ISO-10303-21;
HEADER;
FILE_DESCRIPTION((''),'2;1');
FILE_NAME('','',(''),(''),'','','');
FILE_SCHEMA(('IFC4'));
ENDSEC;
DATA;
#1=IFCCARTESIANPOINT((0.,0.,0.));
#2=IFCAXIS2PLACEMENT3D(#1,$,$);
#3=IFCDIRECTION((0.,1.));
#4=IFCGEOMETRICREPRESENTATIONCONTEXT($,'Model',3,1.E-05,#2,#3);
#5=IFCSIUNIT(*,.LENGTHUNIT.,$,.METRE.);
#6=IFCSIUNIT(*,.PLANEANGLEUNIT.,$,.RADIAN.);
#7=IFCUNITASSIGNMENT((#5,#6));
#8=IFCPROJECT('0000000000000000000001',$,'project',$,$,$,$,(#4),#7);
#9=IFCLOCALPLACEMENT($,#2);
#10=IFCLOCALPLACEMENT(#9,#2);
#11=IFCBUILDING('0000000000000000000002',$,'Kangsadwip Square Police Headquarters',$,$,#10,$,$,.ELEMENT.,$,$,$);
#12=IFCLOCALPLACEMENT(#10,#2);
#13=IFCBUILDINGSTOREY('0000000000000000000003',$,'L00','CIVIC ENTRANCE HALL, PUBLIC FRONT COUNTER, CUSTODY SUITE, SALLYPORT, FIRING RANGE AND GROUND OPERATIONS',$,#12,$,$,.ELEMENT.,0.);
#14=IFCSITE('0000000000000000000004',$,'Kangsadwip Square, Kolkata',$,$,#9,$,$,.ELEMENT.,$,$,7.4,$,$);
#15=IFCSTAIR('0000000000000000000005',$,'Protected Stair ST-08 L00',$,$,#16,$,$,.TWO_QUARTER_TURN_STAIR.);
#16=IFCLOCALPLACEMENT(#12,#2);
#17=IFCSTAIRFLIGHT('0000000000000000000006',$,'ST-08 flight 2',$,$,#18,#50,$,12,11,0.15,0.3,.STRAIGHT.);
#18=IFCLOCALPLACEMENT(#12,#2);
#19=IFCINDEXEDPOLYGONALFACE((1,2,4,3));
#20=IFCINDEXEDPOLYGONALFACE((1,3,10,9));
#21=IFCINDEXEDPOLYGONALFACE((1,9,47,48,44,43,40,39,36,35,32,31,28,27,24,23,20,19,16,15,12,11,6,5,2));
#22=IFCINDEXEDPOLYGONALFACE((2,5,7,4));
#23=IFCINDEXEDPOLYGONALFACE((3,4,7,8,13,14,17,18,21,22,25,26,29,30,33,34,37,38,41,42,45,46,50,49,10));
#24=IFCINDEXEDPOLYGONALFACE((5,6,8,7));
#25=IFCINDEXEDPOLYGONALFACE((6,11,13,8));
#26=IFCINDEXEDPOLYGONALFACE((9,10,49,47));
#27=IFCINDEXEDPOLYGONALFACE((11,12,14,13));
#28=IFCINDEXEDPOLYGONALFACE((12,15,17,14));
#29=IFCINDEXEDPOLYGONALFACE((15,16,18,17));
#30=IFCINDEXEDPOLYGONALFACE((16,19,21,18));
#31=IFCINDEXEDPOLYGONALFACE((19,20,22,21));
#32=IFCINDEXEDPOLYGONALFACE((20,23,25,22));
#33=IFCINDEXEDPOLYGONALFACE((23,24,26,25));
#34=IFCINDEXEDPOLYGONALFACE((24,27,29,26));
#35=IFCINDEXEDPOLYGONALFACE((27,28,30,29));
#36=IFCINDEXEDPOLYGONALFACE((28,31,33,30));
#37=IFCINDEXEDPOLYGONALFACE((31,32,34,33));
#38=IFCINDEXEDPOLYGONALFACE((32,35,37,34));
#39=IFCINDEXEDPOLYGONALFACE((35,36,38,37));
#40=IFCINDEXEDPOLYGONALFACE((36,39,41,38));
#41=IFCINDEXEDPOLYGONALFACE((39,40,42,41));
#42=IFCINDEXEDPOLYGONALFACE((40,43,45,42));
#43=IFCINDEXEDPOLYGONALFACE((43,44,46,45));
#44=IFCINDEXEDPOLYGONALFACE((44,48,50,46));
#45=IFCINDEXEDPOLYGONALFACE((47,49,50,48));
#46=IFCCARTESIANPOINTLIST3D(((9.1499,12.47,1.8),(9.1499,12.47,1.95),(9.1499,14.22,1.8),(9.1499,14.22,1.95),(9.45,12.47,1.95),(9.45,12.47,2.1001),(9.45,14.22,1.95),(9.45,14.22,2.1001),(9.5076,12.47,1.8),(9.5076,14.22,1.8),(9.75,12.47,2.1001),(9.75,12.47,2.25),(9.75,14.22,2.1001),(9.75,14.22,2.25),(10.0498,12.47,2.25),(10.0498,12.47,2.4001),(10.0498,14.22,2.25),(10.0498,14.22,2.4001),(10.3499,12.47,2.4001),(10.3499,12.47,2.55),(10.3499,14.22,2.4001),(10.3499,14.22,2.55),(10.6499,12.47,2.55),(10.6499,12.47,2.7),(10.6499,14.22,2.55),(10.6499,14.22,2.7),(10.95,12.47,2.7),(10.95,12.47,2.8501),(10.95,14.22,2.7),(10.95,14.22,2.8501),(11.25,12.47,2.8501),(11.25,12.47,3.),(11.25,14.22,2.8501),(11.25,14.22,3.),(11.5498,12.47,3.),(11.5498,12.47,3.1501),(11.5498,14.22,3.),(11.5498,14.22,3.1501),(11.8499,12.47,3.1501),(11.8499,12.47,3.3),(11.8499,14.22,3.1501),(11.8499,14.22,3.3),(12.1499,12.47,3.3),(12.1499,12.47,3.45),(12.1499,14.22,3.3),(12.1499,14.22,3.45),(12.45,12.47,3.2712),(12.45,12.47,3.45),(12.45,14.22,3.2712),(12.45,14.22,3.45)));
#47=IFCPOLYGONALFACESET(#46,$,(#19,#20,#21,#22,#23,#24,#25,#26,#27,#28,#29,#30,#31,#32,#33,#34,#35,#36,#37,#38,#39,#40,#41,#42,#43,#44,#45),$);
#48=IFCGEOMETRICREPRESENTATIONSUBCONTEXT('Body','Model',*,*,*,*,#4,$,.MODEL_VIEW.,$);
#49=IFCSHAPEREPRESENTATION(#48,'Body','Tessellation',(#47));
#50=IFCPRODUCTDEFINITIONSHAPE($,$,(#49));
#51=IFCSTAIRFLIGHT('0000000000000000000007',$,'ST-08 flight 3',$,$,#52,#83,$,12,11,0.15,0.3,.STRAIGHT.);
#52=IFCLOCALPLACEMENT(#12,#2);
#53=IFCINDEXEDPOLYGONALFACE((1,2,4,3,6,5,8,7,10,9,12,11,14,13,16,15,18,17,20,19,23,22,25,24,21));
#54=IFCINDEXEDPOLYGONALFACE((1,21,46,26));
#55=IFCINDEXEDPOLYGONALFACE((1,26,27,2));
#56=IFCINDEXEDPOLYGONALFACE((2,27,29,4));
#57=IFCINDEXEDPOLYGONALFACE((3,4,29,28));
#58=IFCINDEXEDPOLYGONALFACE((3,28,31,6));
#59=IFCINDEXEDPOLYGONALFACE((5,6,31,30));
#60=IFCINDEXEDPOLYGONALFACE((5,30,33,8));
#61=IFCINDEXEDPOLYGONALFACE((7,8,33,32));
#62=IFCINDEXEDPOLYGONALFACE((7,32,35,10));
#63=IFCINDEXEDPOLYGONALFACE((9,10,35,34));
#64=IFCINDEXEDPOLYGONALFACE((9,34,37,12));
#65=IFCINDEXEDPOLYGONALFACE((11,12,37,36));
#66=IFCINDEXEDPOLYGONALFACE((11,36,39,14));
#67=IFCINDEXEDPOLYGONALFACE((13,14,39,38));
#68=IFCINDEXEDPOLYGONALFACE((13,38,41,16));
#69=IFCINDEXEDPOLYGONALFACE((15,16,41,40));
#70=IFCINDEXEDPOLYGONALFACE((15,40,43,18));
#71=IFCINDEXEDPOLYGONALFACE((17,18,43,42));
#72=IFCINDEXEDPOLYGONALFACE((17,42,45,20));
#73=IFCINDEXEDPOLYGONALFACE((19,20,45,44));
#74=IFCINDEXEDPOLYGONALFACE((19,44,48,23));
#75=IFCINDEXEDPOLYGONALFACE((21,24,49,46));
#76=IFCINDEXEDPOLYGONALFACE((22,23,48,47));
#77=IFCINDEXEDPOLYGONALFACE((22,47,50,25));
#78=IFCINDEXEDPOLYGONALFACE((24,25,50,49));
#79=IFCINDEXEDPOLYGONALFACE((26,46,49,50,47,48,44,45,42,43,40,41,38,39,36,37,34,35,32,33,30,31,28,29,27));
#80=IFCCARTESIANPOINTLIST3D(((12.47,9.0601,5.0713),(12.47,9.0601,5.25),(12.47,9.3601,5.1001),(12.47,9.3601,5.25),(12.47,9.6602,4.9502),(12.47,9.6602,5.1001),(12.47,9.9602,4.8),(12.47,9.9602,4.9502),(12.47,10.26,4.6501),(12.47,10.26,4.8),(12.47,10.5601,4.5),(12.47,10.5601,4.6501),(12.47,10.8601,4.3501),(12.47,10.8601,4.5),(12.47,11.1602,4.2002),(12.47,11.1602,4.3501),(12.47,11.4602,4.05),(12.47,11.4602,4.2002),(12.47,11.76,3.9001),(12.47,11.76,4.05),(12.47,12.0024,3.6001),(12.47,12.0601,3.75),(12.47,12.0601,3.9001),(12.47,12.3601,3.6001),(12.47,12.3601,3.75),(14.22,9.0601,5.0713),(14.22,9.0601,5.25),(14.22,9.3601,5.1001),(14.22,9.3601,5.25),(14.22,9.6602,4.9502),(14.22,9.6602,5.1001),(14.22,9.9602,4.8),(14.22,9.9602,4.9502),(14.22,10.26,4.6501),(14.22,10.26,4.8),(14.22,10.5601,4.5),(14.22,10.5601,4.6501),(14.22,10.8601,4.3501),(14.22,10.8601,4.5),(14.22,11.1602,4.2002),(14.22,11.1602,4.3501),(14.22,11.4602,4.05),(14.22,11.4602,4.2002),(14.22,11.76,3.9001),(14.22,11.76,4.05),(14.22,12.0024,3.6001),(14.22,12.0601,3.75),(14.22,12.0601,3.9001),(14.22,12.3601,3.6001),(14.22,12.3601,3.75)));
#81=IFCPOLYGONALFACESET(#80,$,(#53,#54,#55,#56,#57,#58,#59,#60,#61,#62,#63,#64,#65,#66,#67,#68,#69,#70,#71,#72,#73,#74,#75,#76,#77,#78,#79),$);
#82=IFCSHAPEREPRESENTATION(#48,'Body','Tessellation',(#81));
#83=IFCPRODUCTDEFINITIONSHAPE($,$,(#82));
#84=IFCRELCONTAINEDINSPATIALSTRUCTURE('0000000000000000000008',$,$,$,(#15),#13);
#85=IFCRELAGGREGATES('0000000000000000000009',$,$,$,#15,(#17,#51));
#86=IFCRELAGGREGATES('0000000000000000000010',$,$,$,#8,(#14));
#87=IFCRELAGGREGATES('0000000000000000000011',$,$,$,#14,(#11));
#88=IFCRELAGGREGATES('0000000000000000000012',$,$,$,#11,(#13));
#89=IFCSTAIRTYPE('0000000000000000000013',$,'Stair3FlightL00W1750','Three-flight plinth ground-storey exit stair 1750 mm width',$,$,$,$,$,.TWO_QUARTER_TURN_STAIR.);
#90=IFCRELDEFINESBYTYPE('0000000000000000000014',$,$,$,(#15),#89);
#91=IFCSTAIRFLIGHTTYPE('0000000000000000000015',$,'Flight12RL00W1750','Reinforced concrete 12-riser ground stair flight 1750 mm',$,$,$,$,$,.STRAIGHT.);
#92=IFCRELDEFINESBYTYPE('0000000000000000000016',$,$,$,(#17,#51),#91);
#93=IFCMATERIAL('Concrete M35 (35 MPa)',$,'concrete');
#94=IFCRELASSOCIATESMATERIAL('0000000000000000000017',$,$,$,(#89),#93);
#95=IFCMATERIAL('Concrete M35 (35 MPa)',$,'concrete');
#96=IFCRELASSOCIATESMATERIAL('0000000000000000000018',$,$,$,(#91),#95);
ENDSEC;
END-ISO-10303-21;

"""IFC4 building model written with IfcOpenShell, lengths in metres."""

from ifc_helpers import new_model, si_unit, direction, frame, origin, place, context, subcontext, project, spatial, polyline, outline, extrude, material, type_object, element, aggregate, save


model = new_model("IFC4")

# Units and contexts
model_context = context("Model", 3, precision=1e-05, world=origin(), true_north=direction((0.0, 1.0)))
body_context = subcontext(model_context, "Body", "Model", "MODEL_VIEW")
ifc_project = project(units=[si_unit("LENGTHUNIT", "METRE"), si_unit("PLANEANGLEUNIT", "RADIAN")], contexts=[model_context])

# Site, building, storey
site_placement = place(None, origin())
site = spatial("IfcSite", under=ifc_project, at=site_placement, Name="Kangsadwip Square, Kolkata", CompositionType="ELEMENT", RefElevation=7.4)
building_placement = place(site_placement, origin())
building = spatial("IfcBuilding", under=site, at=building_placement, Name="Kangsadwip Square Police Headquarters", CompositionType="ELEMENT")
storey_placement = place(building_placement, origin())
storey = spatial("IfcBuildingStorey", under=building, at=storey_placement, Name="L00", Description="CIVIC ENTRANCE HALL, PUBLIC FRONT COUNTER, CUSTODY SUITE, SALLYPORT, FIRING RANGE AND GROUND OPERATIONS", CompositionType="ELEMENT", Elevation=0.0)

# Stair, stair flights
ifc_material_1 = material(Name="Concrete M35 (35 MPa)", Category="concrete")
stair_type = type_object("IfcStairType", Name="Stair3FlightL00W1750", Description="Three-flight plinth ground-storey exit stair 1750 mm width", PredefinedType="TWO_QUARTER_TURN_STAIR", material=ifc_material_1)
stair_placement = place(storey_placement, origin())
stair = element("IfcStair", 1, at=stair_placement, inside=storey, type_object=stair_type, Name="Protected Stair ST-08 L00", PredefinedType="TWO_QUARTER_TURN_STAIR")
ifc_material_2 = material(Name="Concrete M35 (35 MPa)", Category="concrete")
stair_flight_type = type_object("IfcStairFlightType", Name="Flight12RL00W1750", Description="Reinforced concrete 12-riser ground stair flight 1750 mm", PredefinedType="STRAIGHT", material=ifc_material_2)
stair_flight_1_placement = place(storey_placement, frame((9.1499, 13.345, 1.8), z_axis=(0.0, 0.0, 1.0), x_axis=(1.0, 0.0, 0.0)))
stair_flight_1 = element("IfcStairFlight", 2, at=stair_flight_1_placement, type_object=stair_flight_type, Name="ST-08 flight 2", NumberOfRisers=12, NumberOfTreads=11, PredefinedType="STRAIGHT", RiserHeight=0.15, TreadLength=0.3, context=body_context, shape_type="SweptSolid", body=[
    extrude(outline(polyline([(0.0, 0.0), (0.0, 0.1499), (0.3, 0.1499), (0.3, 0.3), (0.6001, 0.3), (0.6001, 0.45), (0.8999, 0.45), (0.8999, 0.6001), (1.2, 0.6001), (1.2, 0.75), (1.5, 0.75), (1.5, 0.8999), (1.8, 0.8999), (1.8, 1.05), (2.1001, 1.05), (2.1001, 1.2), (2.3999, 1.2), (2.3999, 1.3501), (2.7, 1.3501), (2.7, 1.5), (3.0, 1.5), (3.0, 1.6499), (3.3, 1.6499), (3.3, 1.8), (3.3, 1.4712), (0.3577, 0.0), (0.0, 0.0)])), frame((0.0, 0.875, 0.0), z_axis=(0.0, -1.0, 0.0), x_axis=(1.0, 0.0, 0.0)), (0.0, 0.0, 1.0), 1.75),
])
stair_flight_2_placement = place(storey_placement, frame((13.345, 12.3601, 3.6001), z_axis=(0.0, 0.0, 1.0), x_axis=(0.0, -1.0, 0.0)))
stair_flight_2 = element("IfcStairFlight", 3, at=stair_flight_2_placement, type_object=stair_flight_type, Name="ST-08 flight 3", NumberOfRisers=12, NumberOfTreads=11, PredefinedType="STRAIGHT", RiserHeight=0.15, TreadLength=0.3, context=body_context, shape_type="SweptSolid", body=[
    extrude(outline(polyline([(0.0, 0.0), (0.0, 0.1499), (0.3, 0.1499), (0.3, 0.3), (0.6001, 0.3), (0.6001, 0.45), (0.8999, 0.45), (0.8999, 0.6001), (1.2, 0.6001), (1.2, 0.75), (1.5, 0.75), (1.5, 0.8999), (1.8, 0.8999), (1.8, 1.05), (2.1001, 1.05), (2.1001, 1.2), (2.3999, 1.2), (2.3999, 1.3501), (2.7, 1.3501), (2.7, 1.5), (3.0, 1.5), (3.0, 1.6499), (3.3, 1.6499), (3.3, 1.8), (3.3, 1.4712), (0.3577, 0.0), (0.0, 0.0)])), frame((0.0, 0.875, 0.0), z_axis=(0.0, -1.0, 0.0), x_axis=(1.0, 0.0, 0.0)), (0.0, 0.0, 1.0), 1.75),
])
aggregate(stair, [stair_flight_1, stair_flight_2])

save(model, "model.ifc")
